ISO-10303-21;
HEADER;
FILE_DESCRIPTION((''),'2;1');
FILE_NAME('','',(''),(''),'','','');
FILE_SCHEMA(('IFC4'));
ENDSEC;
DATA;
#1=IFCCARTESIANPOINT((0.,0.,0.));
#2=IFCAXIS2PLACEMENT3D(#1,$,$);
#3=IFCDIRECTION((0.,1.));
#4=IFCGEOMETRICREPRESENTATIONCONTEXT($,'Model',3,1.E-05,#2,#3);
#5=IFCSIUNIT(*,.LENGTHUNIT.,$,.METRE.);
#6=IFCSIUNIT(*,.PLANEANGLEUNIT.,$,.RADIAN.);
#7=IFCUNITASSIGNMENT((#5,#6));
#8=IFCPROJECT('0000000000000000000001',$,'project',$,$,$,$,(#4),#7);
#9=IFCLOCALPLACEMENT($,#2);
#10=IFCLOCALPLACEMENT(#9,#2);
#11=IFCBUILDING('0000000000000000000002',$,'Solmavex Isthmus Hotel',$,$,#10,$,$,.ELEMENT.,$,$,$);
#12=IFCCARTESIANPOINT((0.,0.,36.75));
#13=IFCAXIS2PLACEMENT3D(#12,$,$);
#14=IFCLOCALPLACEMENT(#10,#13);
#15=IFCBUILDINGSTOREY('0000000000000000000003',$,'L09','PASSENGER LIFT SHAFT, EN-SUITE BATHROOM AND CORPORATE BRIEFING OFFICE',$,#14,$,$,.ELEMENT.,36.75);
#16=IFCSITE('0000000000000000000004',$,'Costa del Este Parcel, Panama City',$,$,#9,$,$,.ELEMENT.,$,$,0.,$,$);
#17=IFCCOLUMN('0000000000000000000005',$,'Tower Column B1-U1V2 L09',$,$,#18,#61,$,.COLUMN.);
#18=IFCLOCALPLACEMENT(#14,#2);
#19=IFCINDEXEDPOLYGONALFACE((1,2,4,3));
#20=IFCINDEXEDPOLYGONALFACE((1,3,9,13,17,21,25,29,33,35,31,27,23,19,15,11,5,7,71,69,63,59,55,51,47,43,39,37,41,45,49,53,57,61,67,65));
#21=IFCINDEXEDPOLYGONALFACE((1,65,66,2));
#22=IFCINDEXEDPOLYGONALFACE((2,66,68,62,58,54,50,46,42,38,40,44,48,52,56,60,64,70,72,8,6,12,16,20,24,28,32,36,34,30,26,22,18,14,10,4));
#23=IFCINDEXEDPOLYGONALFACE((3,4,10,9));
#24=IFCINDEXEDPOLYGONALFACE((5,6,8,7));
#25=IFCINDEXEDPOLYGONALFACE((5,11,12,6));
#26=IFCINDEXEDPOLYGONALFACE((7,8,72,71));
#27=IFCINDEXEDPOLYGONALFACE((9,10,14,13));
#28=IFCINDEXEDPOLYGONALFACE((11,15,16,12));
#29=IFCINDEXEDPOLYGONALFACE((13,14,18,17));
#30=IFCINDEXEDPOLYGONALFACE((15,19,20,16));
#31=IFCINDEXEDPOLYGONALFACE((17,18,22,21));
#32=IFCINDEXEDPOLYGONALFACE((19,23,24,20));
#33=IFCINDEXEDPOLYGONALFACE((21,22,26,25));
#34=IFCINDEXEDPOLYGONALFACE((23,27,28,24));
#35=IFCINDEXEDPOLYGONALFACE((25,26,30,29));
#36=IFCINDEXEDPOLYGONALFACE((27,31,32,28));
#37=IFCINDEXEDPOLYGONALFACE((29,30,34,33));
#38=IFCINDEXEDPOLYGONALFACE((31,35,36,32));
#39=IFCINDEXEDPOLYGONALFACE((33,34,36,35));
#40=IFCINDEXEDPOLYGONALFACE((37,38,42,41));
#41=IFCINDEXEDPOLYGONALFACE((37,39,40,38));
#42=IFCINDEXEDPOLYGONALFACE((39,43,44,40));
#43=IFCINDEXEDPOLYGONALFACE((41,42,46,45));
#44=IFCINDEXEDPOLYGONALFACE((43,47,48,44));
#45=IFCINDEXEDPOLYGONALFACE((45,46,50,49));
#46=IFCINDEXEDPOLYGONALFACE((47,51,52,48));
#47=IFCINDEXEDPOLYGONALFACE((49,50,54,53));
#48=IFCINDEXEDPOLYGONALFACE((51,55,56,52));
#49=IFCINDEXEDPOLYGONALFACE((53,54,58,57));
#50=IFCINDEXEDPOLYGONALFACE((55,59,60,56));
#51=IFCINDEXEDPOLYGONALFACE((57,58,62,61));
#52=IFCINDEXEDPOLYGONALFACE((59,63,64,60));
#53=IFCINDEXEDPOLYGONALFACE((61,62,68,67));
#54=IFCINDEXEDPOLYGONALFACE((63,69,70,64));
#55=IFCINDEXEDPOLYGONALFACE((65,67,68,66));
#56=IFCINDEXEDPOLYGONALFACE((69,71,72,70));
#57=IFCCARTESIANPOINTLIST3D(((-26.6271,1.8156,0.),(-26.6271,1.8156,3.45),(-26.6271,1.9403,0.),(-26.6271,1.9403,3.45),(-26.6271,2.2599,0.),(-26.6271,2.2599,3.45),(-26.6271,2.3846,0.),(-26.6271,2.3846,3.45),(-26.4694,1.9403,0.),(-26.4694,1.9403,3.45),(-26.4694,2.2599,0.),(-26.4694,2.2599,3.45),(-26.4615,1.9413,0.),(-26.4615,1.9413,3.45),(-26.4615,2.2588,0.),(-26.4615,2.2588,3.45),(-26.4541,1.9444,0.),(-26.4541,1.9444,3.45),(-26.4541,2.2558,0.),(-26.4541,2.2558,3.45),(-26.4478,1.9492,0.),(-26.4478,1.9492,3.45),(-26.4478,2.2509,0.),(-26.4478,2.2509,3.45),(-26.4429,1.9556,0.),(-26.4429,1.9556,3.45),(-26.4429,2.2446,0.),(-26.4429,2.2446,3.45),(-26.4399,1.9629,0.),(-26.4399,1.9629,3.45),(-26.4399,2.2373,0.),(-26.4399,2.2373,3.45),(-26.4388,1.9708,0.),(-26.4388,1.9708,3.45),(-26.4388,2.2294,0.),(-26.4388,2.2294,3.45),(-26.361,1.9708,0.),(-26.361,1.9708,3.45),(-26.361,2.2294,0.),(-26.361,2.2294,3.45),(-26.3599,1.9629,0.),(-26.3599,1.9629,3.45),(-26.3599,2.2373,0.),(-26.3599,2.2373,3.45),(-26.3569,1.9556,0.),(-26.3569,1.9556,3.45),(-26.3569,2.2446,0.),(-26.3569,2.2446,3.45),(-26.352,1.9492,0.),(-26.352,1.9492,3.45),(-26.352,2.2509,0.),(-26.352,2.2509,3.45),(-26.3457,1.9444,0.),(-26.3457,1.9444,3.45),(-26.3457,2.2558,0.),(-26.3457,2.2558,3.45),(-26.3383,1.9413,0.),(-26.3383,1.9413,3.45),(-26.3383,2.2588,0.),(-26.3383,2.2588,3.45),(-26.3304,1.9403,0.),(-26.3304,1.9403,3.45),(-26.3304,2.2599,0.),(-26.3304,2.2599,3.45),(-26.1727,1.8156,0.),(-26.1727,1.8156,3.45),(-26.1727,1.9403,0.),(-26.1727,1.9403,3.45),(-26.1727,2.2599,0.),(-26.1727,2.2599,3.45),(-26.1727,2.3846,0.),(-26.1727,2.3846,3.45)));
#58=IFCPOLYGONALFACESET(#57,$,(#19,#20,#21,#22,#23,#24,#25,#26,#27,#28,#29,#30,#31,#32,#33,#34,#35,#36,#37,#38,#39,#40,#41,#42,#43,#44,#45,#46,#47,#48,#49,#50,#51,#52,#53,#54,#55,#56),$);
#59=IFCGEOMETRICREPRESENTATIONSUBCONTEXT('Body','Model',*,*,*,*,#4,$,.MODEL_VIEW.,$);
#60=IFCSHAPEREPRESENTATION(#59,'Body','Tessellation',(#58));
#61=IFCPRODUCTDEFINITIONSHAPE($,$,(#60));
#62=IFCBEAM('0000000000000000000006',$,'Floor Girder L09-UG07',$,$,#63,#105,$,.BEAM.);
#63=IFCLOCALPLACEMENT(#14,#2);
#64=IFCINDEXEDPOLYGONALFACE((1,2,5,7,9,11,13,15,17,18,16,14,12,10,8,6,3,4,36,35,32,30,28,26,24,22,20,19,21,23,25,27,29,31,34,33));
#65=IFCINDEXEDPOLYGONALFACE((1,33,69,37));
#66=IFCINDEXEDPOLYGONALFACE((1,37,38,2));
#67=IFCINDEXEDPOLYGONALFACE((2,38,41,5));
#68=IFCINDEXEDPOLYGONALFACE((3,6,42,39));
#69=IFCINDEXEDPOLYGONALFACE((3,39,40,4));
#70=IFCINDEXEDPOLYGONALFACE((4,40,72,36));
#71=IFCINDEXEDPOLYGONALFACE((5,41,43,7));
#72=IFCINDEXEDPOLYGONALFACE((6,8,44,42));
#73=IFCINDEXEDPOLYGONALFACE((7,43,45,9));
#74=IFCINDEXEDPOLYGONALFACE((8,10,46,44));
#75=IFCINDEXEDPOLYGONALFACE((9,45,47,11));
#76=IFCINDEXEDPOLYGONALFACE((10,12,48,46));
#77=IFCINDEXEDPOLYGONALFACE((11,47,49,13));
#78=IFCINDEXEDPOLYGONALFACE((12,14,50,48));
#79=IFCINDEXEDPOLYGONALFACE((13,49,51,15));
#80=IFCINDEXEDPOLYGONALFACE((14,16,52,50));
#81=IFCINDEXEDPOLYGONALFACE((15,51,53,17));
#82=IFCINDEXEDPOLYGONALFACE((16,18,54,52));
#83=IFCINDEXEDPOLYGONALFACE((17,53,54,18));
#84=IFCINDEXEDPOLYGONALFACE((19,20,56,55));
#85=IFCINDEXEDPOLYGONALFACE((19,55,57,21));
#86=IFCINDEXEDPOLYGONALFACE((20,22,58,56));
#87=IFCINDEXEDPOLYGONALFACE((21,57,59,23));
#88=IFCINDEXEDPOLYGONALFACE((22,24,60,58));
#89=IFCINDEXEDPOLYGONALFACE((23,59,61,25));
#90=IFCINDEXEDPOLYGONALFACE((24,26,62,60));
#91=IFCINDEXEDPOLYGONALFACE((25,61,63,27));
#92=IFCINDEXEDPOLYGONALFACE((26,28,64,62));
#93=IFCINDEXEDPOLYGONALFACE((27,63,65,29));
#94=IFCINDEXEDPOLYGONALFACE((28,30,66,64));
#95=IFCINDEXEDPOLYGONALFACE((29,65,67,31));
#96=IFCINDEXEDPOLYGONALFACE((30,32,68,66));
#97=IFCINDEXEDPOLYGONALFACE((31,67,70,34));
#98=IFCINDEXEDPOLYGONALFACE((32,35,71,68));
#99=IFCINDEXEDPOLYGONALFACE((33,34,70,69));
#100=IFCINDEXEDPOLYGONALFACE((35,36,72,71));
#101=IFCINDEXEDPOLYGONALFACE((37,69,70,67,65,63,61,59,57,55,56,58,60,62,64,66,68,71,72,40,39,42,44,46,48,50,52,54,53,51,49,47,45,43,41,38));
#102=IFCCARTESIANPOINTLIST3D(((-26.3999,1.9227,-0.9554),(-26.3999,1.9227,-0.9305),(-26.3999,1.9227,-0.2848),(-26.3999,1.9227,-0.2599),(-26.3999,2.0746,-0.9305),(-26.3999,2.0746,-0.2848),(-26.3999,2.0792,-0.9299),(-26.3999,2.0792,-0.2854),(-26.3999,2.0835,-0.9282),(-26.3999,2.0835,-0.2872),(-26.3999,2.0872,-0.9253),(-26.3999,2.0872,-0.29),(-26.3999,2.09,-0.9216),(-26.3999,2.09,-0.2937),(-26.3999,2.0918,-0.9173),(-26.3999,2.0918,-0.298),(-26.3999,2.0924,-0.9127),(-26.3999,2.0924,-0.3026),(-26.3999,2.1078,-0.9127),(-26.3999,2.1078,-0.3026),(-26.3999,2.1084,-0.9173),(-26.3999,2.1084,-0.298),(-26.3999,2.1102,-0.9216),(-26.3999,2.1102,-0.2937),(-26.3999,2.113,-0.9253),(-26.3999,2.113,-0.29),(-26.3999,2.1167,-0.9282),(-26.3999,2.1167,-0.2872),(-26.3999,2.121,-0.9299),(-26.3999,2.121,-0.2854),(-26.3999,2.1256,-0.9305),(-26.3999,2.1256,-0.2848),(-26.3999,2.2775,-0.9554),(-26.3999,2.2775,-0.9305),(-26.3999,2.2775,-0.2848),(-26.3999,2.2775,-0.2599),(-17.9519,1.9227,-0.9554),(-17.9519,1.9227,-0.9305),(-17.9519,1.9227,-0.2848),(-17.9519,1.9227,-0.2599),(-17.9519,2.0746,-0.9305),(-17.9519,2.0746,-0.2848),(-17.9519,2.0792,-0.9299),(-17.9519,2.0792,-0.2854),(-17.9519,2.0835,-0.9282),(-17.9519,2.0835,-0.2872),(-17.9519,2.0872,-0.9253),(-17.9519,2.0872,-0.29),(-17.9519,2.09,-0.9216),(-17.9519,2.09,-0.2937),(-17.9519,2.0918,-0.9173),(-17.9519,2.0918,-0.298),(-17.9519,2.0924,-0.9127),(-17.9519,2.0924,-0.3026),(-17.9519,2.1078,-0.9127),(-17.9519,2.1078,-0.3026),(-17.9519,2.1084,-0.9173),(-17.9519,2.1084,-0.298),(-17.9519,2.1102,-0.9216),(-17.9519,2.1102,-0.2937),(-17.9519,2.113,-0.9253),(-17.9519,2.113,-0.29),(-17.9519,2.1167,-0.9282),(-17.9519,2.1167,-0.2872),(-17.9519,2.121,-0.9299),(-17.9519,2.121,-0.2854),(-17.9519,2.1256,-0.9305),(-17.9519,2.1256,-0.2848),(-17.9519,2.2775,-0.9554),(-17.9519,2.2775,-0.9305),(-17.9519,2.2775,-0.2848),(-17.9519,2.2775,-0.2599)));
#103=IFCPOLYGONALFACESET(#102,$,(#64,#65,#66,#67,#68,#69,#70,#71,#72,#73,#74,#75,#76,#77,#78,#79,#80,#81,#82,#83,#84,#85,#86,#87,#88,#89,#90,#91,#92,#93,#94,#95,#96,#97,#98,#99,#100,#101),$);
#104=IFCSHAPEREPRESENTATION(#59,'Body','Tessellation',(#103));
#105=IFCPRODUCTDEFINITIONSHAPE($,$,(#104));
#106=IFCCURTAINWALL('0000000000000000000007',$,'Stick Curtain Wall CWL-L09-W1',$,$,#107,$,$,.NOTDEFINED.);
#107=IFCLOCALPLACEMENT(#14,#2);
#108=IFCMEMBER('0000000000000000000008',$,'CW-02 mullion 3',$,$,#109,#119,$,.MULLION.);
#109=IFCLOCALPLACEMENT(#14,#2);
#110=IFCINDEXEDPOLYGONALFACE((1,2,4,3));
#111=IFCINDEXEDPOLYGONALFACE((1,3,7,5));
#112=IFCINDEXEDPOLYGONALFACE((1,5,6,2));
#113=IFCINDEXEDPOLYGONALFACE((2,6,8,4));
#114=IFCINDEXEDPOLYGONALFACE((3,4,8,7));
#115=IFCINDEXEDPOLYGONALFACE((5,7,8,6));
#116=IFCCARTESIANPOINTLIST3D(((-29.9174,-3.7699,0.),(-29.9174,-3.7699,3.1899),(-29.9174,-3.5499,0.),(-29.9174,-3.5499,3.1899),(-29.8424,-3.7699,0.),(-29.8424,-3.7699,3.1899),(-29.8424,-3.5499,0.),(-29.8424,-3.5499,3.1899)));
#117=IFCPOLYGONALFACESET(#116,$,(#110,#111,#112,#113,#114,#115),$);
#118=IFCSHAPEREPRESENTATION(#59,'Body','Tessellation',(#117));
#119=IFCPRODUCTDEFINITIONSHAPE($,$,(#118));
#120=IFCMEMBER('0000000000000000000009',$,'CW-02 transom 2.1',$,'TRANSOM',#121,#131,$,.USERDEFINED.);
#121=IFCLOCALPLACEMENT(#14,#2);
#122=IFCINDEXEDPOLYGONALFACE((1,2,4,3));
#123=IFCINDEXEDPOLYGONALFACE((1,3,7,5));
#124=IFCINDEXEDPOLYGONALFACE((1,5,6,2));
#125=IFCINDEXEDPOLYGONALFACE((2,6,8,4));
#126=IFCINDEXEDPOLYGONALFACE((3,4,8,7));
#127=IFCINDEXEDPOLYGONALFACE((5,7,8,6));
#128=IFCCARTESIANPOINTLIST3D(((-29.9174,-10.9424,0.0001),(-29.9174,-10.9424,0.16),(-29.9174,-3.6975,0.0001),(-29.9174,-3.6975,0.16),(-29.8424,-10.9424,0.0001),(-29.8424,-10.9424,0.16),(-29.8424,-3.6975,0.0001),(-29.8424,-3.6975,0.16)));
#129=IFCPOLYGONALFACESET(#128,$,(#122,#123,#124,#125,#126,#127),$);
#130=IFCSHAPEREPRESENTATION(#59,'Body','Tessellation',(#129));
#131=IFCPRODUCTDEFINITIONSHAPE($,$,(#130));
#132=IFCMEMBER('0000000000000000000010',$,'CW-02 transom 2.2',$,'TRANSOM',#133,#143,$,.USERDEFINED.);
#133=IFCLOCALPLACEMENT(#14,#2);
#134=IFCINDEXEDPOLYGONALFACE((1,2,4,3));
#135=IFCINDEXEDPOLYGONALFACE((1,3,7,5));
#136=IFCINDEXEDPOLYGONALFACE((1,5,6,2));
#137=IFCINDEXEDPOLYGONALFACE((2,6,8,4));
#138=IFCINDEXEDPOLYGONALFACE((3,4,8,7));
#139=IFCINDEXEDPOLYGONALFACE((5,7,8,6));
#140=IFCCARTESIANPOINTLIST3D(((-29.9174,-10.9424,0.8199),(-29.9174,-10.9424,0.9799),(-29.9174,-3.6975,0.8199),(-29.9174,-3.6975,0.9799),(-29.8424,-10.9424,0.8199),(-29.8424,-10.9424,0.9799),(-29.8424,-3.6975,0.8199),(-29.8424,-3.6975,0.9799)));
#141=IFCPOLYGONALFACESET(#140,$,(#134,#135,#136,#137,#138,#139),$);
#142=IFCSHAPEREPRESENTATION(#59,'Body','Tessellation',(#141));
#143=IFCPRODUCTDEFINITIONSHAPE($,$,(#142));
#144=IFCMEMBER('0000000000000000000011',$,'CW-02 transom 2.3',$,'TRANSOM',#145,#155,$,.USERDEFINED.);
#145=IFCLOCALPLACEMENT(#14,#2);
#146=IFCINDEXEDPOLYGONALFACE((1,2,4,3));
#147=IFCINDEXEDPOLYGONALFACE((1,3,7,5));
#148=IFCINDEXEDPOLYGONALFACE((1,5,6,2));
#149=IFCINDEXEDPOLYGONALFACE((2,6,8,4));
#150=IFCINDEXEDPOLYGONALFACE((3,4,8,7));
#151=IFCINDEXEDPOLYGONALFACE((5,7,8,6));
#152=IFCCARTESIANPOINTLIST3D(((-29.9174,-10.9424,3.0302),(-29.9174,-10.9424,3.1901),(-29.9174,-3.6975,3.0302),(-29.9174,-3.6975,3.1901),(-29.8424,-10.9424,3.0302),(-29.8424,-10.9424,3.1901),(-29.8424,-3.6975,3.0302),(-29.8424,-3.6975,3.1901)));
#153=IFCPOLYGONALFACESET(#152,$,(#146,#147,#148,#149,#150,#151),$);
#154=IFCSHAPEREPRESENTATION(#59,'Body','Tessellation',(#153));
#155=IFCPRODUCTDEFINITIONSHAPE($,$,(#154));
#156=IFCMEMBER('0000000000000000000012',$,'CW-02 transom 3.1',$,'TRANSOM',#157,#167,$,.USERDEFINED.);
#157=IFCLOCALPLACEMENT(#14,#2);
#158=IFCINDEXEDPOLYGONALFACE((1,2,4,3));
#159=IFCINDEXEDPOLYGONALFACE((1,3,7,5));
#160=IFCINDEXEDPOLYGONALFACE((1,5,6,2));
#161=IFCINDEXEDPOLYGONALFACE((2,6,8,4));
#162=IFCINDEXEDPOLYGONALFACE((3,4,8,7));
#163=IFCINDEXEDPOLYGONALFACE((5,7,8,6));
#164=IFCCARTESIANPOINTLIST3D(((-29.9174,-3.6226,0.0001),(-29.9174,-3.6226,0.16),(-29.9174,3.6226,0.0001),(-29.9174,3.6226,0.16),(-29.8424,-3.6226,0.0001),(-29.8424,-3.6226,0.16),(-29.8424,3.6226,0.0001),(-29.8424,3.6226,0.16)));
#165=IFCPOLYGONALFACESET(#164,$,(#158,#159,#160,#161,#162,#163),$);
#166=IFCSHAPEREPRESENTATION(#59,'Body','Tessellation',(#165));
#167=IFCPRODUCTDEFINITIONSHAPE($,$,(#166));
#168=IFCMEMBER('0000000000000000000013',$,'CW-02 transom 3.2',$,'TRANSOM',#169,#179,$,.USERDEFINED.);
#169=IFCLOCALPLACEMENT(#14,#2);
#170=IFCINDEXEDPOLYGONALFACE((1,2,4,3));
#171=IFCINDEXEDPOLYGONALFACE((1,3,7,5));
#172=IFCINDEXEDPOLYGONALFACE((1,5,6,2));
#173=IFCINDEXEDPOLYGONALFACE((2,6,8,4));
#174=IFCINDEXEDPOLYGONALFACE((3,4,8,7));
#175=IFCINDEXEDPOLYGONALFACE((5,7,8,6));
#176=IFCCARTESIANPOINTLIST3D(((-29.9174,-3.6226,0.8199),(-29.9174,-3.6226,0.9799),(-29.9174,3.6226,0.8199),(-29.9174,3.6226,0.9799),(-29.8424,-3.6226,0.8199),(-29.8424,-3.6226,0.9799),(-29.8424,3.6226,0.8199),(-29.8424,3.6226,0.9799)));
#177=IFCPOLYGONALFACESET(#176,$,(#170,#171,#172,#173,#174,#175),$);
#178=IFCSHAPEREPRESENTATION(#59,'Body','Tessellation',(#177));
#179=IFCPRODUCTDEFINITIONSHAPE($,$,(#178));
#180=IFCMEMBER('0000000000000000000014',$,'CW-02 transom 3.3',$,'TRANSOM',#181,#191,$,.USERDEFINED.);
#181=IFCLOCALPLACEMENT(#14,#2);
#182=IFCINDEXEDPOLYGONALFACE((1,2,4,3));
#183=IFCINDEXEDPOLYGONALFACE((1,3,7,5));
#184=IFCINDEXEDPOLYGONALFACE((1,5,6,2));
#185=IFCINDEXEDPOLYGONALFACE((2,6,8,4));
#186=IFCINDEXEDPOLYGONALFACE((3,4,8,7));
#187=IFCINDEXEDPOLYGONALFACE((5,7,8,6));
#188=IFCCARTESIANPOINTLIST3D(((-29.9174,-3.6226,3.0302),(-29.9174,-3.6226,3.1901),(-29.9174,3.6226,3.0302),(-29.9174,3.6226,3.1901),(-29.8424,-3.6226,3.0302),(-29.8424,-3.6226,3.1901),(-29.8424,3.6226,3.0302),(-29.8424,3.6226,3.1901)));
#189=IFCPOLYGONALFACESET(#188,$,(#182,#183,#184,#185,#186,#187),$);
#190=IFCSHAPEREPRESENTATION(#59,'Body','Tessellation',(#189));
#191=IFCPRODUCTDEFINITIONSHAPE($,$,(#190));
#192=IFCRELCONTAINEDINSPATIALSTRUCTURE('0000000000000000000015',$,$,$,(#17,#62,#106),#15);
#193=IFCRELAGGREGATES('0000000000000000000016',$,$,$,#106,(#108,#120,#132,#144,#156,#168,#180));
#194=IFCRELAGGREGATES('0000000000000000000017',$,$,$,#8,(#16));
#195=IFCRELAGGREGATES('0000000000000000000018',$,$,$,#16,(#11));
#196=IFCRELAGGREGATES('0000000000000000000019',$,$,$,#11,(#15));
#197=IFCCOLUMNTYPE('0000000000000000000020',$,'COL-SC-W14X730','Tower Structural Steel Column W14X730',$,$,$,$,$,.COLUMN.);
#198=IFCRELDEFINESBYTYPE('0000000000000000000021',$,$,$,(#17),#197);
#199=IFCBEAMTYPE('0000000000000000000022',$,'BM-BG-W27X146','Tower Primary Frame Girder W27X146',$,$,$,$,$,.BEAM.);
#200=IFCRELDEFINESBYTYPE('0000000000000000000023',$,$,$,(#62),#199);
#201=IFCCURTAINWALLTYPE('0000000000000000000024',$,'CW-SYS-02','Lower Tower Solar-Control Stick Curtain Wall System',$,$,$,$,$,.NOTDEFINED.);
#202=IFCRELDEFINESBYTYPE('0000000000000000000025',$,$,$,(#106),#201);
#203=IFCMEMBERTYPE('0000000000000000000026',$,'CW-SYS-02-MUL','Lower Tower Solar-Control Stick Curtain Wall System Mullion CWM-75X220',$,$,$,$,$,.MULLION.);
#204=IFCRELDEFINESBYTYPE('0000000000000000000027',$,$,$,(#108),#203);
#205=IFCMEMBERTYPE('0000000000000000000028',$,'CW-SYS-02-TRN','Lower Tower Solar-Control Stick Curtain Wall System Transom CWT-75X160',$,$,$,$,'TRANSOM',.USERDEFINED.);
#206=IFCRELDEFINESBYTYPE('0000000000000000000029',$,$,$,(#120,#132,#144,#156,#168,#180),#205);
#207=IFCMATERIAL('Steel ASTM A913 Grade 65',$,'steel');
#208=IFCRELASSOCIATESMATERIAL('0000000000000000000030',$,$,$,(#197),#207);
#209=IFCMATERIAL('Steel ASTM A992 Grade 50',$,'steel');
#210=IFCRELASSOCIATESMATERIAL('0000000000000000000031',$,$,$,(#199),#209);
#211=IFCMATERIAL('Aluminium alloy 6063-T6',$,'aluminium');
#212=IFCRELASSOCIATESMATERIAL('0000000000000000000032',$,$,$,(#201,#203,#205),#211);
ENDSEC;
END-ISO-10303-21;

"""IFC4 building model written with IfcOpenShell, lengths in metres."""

from ifc_helpers import new_model, si_unit, direction, frame, origin, origin_2d, place, context, subcontext, project, spatial, rectangle, i_section, extrude, material, material_profile, profile_set, type_object, element, aggregate, save


model = new_model("IFC4")

# Units and contexts
model_context = context("Model", 3, precision=1e-05, world=origin(), true_north=direction((0.0, 1.0)))
body_context = subcontext(model_context, "Body", "Model", "MODEL_VIEW")
ifc_project = project(units=[si_unit("LENGTHUNIT", "METRE"), si_unit("PLANEANGLEUNIT", "RADIAN")], contexts=[model_context])

# Site, building, storey
site_placement = place(None, origin())
site = spatial("IfcSite", under=ifc_project, at=site_placement, Name="Costa del Este Parcel, Panama City", CompositionType="ELEMENT", RefElevation=0.0)
building_placement = place(site_placement, origin())
building = spatial("IfcBuilding", under=site, at=building_placement, Name="Solmavex Isthmus Hotel", CompositionType="ELEMENT")
storey_placement = place(building_placement, frame((0.0, 0.0, 36.75)))
storey = spatial("IfcBuildingStorey", under=building, at=storey_placement, Name="L09", Description="PASSENGER LIFT SHAFT, EN-SUITE BATHROOM AND CORPORATE BRIEFING OFFICE", CompositionType="ELEMENT", Elevation=36.75)

# Column
ifc_material_1 = material(Name="Steel ASTM A913 Grade 65", Category="steel")
ifc_material_profile_1 = material_profile(ifc_material_1, i_section(OverallWidth=0.4543, OverallDepth=0.5691, WebThickness=0.0779, FlangeThickness=0.1248, FilletRadius=0.0305, at=origin_2d()), Name="W14X730")
ifc_profile_set_1 = profile_set([ifc_material_profile_1], Name="Steel ASTM A913 Grade 65")
column_type = type_object("IfcColumnType", Name="COL-SC-W14X730", Description="Tower Structural Steel Column W14X730", PredefinedType="COLUMN", material=ifc_profile_set_1)
column_placement = place(storey_placement, frame((-26.3999, 2.1001, 0.0), z_axis=(0.0, 0.0, 1.0), x_axis=(1.0, 0.0, 0.0)))
element("IfcColumn", 1, at=column_placement, inside=storey, type_object=column_type, Name="Tower Column B1-U1V2 L09", PredefinedType="COLUMN", context=body_context, shape_type="SweptSolid", body=[
    extrude(i_section(OverallWidth=0.4543, OverallDepth=0.5691, WebThickness=0.0779, FlangeThickness=0.1248, FilletRadius=0.0305, at=origin_2d()), origin(), (0.0, 0.0, 1.0), 3.45),
])

# Beam
ifc_material_2 = material(Name="Steel ASTM A992 Grade 50", Category="steel")
ifc_material_profile_2 = material_profile(ifc_material_2, i_section(OverallWidth=0.3547, OverallDepth=0.6956, WebThickness=0.0154, FlangeThickness=0.0249, FilletRadius=0.0178, at=origin_2d()), Name="W27X146")
ifc_profile_set_2 = profile_set([ifc_material_profile_2], Name="Steel ASTM A992 Grade 50")
beam_type = type_object("IfcBeamType", Name="BM-BG-W27X146", Description="Tower Primary Frame Girder W27X146", PredefinedType="BEAM", material=ifc_profile_set_2)
beam_placement = place(storey_placement, frame((-26.3999, 2.1001, -0.6077), z_axis=(1.0, 0.0, 0.0), x_axis=(0.0, 1.0, 0.0)))
element("IfcBeam", 2, at=beam_placement, inside=storey, type_object=beam_type, Name="Floor Girder L09-UG07", PredefinedType="BEAM", context=body_context, shape_type="SweptSolid", body=[
    extrude(i_section(OverallWidth=0.3547, OverallDepth=0.6956, WebThickness=0.0154, FlangeThickness=0.0249, FilletRadius=0.0178, at=origin_2d()), origin(), (0.0, 0.0, 1.0), 8.448),
])

# Curtain wall, members
ifc_material_3 = material(Name="Aluminium alloy 6063-T6", Category="aluminium")
curtain_wall_type = type_object("IfcCurtainWallType", Name="CW-SYS-02", Description="Lower Tower Solar-Control Stick Curtain Wall System", PredefinedType="NOTDEFINED", material=ifc_material_3)
curtain_wall_placement = place(storey_placement, origin())
curtain_wall = element("IfcCurtainWall", 3, at=curtain_wall_placement, inside=storey, type_object=curtain_wall_type, Name="Stick Curtain Wall CWL-L09-W1", PredefinedType="NOTDEFINED")
ifc_material_profile_3 = material_profile(ifc_material_3, rectangle(XDim=0.075, YDim=0.22, at=origin_2d()), Name="CWM-75X220")
ifc_profile_set_3 = profile_set([ifc_material_profile_3], Name="Aluminium alloy 6063-T6")
member_type_1 = type_object("IfcMemberType", Name="CW-SYS-02-MUL", Description="Lower Tower Solar-Control Stick Curtain Wall System Mullion CWM-75X220", PredefinedType="MULLION", material=ifc_profile_set_3)
member_1_placement = place(storey_placement, frame((-29.8799, -3.6599, 0.0), z_axis=(0.0, 0.0, 1.0), x_axis=(-1.0, 0.0, 0.0)))
member_1 = element("IfcMember", 4, at=member_1_placement, type_object=member_type_1, Name="CW-02 mullion 3", PredefinedType="MULLION", context=body_context, shape_type="SweptSolid", body=[
    extrude(rectangle(XDim=0.075, YDim=0.22, at=origin_2d()), origin(), (0.0, 0.0, 1.0), 3.1899),
])
ifc_material_profile_4 = material_profile(ifc_material_3, rectangle(XDim=0.075, YDim=0.1599, at=origin_2d()), Name="CWT-75X160")
ifc_profile_set_4 = profile_set([ifc_material_profile_4], Name="Aluminium alloy 6063-T6")
member_type_2 = type_object("IfcMemberType", Name="CW-SYS-02-TRN", Description="Lower Tower Solar-Control Stick Curtain Wall System Transom CWT-75X160", ElementType="TRANSOM", PredefinedType="USERDEFINED", material=ifc_profile_set_4)
member_2_placement = place(storey_placement, frame((-29.8799, -10.9424, 0.0801), z_axis=(0.0, 1.0, 0.0), x_axis=(-1.0, 0.0, 0.0)))
member_2 = element("IfcMember", 5, at=member_2_placement, type_object=member_type_2, Name="CW-02 transom 2.1", ObjectType="TRANSOM", PredefinedType="USERDEFINED", context=body_context, shape_type="SweptSolid", body=[
    extrude(rectangle(XDim=0.075, YDim=0.1599, at=origin_2d()), origin(), (0.0, 0.0, 1.0), 7.2449),
])
member_3_placement = place(storey_placement, frame((-29.8799, -10.9424, 0.8999), z_axis=(0.0, 1.0, 0.0), x_axis=(-1.0, 0.0, 0.0)))
member_3 = element("IfcMember", 6, at=member_3_placement, type_object=member_type_2, Name="CW-02 transom 2.2", ObjectType="TRANSOM", PredefinedType="USERDEFINED", context=body_context, shape_type="SweptSolid", body=[
    extrude(rectangle(XDim=0.075, YDim=0.1599, at=origin_2d()), origin(), (0.0, 0.0, 1.0), 7.2449),
])
member_4_placement = place(storey_placement, frame((-29.8799, -10.9424, 3.1101), z_axis=(0.0, 1.0, 0.0), x_axis=(-1.0, 0.0, 0.0)))
member_4 = element("IfcMember", 7, at=member_4_placement, type_object=member_type_2, Name="CW-02 transom 2.3", ObjectType="TRANSOM", PredefinedType="USERDEFINED", context=body_context, shape_type="SweptSolid", body=[
    extrude(rectangle(XDim=0.075, YDim=0.1599, at=origin_2d()), origin(), (0.0, 0.0, 1.0), 7.2449),
])
member_5_placement = place(storey_placement, frame((-29.8799, -3.6226, 0.0801), z_axis=(0.0, 1.0, 0.0), x_axis=(-1.0, 0.0, 0.0)))
member_5 = element("IfcMember", 8, at=member_5_placement, type_object=member_type_2, Name="CW-02 transom 3.1", ObjectType="TRANSOM", PredefinedType="USERDEFINED", context=body_context, shape_type="SweptSolid", body=[
    extrude(rectangle(XDim=0.075, YDim=0.1599, at=origin_2d()), origin(), (0.0, 0.0, 1.0), 7.2451),
])
member_6_placement = place(storey_placement, frame((-29.8799, -3.6226, 0.8999), z_axis=(0.0, 1.0, 0.0), x_axis=(-1.0, 0.0, 0.0)))
member_6 = element("IfcMember", 9, at=member_6_placement, type_object=member_type_2, Name="CW-02 transom 3.2", ObjectType="TRANSOM", PredefinedType="USERDEFINED", context=body_context, shape_type="SweptSolid", body=[
    extrude(rectangle(XDim=0.075, YDim=0.1599, at=origin_2d()), origin(), (0.0, 0.0, 1.0), 7.2451),
])
member_7_placement = place(storey_placement, frame((-29.8799, -3.6226, 3.1101), z_axis=(0.0, 1.0, 0.0), x_axis=(-1.0, 0.0, 0.0)))
member_7 = element("IfcMember", 10, at=member_7_placement, type_object=member_type_2, Name="CW-02 transom 3.3", ObjectType="TRANSOM", PredefinedType="USERDEFINED", context=body_context, shape_type="SweptSolid", body=[
    extrude(rectangle(XDim=0.075, YDim=0.1599, at=origin_2d()), origin(), (0.0, 0.0, 1.0), 7.2451),
])
aggregate(curtain_wall, [member_1, member_2, member_3, member_4, member_5, member_6, member_7])

save(model, "model.ifc")
